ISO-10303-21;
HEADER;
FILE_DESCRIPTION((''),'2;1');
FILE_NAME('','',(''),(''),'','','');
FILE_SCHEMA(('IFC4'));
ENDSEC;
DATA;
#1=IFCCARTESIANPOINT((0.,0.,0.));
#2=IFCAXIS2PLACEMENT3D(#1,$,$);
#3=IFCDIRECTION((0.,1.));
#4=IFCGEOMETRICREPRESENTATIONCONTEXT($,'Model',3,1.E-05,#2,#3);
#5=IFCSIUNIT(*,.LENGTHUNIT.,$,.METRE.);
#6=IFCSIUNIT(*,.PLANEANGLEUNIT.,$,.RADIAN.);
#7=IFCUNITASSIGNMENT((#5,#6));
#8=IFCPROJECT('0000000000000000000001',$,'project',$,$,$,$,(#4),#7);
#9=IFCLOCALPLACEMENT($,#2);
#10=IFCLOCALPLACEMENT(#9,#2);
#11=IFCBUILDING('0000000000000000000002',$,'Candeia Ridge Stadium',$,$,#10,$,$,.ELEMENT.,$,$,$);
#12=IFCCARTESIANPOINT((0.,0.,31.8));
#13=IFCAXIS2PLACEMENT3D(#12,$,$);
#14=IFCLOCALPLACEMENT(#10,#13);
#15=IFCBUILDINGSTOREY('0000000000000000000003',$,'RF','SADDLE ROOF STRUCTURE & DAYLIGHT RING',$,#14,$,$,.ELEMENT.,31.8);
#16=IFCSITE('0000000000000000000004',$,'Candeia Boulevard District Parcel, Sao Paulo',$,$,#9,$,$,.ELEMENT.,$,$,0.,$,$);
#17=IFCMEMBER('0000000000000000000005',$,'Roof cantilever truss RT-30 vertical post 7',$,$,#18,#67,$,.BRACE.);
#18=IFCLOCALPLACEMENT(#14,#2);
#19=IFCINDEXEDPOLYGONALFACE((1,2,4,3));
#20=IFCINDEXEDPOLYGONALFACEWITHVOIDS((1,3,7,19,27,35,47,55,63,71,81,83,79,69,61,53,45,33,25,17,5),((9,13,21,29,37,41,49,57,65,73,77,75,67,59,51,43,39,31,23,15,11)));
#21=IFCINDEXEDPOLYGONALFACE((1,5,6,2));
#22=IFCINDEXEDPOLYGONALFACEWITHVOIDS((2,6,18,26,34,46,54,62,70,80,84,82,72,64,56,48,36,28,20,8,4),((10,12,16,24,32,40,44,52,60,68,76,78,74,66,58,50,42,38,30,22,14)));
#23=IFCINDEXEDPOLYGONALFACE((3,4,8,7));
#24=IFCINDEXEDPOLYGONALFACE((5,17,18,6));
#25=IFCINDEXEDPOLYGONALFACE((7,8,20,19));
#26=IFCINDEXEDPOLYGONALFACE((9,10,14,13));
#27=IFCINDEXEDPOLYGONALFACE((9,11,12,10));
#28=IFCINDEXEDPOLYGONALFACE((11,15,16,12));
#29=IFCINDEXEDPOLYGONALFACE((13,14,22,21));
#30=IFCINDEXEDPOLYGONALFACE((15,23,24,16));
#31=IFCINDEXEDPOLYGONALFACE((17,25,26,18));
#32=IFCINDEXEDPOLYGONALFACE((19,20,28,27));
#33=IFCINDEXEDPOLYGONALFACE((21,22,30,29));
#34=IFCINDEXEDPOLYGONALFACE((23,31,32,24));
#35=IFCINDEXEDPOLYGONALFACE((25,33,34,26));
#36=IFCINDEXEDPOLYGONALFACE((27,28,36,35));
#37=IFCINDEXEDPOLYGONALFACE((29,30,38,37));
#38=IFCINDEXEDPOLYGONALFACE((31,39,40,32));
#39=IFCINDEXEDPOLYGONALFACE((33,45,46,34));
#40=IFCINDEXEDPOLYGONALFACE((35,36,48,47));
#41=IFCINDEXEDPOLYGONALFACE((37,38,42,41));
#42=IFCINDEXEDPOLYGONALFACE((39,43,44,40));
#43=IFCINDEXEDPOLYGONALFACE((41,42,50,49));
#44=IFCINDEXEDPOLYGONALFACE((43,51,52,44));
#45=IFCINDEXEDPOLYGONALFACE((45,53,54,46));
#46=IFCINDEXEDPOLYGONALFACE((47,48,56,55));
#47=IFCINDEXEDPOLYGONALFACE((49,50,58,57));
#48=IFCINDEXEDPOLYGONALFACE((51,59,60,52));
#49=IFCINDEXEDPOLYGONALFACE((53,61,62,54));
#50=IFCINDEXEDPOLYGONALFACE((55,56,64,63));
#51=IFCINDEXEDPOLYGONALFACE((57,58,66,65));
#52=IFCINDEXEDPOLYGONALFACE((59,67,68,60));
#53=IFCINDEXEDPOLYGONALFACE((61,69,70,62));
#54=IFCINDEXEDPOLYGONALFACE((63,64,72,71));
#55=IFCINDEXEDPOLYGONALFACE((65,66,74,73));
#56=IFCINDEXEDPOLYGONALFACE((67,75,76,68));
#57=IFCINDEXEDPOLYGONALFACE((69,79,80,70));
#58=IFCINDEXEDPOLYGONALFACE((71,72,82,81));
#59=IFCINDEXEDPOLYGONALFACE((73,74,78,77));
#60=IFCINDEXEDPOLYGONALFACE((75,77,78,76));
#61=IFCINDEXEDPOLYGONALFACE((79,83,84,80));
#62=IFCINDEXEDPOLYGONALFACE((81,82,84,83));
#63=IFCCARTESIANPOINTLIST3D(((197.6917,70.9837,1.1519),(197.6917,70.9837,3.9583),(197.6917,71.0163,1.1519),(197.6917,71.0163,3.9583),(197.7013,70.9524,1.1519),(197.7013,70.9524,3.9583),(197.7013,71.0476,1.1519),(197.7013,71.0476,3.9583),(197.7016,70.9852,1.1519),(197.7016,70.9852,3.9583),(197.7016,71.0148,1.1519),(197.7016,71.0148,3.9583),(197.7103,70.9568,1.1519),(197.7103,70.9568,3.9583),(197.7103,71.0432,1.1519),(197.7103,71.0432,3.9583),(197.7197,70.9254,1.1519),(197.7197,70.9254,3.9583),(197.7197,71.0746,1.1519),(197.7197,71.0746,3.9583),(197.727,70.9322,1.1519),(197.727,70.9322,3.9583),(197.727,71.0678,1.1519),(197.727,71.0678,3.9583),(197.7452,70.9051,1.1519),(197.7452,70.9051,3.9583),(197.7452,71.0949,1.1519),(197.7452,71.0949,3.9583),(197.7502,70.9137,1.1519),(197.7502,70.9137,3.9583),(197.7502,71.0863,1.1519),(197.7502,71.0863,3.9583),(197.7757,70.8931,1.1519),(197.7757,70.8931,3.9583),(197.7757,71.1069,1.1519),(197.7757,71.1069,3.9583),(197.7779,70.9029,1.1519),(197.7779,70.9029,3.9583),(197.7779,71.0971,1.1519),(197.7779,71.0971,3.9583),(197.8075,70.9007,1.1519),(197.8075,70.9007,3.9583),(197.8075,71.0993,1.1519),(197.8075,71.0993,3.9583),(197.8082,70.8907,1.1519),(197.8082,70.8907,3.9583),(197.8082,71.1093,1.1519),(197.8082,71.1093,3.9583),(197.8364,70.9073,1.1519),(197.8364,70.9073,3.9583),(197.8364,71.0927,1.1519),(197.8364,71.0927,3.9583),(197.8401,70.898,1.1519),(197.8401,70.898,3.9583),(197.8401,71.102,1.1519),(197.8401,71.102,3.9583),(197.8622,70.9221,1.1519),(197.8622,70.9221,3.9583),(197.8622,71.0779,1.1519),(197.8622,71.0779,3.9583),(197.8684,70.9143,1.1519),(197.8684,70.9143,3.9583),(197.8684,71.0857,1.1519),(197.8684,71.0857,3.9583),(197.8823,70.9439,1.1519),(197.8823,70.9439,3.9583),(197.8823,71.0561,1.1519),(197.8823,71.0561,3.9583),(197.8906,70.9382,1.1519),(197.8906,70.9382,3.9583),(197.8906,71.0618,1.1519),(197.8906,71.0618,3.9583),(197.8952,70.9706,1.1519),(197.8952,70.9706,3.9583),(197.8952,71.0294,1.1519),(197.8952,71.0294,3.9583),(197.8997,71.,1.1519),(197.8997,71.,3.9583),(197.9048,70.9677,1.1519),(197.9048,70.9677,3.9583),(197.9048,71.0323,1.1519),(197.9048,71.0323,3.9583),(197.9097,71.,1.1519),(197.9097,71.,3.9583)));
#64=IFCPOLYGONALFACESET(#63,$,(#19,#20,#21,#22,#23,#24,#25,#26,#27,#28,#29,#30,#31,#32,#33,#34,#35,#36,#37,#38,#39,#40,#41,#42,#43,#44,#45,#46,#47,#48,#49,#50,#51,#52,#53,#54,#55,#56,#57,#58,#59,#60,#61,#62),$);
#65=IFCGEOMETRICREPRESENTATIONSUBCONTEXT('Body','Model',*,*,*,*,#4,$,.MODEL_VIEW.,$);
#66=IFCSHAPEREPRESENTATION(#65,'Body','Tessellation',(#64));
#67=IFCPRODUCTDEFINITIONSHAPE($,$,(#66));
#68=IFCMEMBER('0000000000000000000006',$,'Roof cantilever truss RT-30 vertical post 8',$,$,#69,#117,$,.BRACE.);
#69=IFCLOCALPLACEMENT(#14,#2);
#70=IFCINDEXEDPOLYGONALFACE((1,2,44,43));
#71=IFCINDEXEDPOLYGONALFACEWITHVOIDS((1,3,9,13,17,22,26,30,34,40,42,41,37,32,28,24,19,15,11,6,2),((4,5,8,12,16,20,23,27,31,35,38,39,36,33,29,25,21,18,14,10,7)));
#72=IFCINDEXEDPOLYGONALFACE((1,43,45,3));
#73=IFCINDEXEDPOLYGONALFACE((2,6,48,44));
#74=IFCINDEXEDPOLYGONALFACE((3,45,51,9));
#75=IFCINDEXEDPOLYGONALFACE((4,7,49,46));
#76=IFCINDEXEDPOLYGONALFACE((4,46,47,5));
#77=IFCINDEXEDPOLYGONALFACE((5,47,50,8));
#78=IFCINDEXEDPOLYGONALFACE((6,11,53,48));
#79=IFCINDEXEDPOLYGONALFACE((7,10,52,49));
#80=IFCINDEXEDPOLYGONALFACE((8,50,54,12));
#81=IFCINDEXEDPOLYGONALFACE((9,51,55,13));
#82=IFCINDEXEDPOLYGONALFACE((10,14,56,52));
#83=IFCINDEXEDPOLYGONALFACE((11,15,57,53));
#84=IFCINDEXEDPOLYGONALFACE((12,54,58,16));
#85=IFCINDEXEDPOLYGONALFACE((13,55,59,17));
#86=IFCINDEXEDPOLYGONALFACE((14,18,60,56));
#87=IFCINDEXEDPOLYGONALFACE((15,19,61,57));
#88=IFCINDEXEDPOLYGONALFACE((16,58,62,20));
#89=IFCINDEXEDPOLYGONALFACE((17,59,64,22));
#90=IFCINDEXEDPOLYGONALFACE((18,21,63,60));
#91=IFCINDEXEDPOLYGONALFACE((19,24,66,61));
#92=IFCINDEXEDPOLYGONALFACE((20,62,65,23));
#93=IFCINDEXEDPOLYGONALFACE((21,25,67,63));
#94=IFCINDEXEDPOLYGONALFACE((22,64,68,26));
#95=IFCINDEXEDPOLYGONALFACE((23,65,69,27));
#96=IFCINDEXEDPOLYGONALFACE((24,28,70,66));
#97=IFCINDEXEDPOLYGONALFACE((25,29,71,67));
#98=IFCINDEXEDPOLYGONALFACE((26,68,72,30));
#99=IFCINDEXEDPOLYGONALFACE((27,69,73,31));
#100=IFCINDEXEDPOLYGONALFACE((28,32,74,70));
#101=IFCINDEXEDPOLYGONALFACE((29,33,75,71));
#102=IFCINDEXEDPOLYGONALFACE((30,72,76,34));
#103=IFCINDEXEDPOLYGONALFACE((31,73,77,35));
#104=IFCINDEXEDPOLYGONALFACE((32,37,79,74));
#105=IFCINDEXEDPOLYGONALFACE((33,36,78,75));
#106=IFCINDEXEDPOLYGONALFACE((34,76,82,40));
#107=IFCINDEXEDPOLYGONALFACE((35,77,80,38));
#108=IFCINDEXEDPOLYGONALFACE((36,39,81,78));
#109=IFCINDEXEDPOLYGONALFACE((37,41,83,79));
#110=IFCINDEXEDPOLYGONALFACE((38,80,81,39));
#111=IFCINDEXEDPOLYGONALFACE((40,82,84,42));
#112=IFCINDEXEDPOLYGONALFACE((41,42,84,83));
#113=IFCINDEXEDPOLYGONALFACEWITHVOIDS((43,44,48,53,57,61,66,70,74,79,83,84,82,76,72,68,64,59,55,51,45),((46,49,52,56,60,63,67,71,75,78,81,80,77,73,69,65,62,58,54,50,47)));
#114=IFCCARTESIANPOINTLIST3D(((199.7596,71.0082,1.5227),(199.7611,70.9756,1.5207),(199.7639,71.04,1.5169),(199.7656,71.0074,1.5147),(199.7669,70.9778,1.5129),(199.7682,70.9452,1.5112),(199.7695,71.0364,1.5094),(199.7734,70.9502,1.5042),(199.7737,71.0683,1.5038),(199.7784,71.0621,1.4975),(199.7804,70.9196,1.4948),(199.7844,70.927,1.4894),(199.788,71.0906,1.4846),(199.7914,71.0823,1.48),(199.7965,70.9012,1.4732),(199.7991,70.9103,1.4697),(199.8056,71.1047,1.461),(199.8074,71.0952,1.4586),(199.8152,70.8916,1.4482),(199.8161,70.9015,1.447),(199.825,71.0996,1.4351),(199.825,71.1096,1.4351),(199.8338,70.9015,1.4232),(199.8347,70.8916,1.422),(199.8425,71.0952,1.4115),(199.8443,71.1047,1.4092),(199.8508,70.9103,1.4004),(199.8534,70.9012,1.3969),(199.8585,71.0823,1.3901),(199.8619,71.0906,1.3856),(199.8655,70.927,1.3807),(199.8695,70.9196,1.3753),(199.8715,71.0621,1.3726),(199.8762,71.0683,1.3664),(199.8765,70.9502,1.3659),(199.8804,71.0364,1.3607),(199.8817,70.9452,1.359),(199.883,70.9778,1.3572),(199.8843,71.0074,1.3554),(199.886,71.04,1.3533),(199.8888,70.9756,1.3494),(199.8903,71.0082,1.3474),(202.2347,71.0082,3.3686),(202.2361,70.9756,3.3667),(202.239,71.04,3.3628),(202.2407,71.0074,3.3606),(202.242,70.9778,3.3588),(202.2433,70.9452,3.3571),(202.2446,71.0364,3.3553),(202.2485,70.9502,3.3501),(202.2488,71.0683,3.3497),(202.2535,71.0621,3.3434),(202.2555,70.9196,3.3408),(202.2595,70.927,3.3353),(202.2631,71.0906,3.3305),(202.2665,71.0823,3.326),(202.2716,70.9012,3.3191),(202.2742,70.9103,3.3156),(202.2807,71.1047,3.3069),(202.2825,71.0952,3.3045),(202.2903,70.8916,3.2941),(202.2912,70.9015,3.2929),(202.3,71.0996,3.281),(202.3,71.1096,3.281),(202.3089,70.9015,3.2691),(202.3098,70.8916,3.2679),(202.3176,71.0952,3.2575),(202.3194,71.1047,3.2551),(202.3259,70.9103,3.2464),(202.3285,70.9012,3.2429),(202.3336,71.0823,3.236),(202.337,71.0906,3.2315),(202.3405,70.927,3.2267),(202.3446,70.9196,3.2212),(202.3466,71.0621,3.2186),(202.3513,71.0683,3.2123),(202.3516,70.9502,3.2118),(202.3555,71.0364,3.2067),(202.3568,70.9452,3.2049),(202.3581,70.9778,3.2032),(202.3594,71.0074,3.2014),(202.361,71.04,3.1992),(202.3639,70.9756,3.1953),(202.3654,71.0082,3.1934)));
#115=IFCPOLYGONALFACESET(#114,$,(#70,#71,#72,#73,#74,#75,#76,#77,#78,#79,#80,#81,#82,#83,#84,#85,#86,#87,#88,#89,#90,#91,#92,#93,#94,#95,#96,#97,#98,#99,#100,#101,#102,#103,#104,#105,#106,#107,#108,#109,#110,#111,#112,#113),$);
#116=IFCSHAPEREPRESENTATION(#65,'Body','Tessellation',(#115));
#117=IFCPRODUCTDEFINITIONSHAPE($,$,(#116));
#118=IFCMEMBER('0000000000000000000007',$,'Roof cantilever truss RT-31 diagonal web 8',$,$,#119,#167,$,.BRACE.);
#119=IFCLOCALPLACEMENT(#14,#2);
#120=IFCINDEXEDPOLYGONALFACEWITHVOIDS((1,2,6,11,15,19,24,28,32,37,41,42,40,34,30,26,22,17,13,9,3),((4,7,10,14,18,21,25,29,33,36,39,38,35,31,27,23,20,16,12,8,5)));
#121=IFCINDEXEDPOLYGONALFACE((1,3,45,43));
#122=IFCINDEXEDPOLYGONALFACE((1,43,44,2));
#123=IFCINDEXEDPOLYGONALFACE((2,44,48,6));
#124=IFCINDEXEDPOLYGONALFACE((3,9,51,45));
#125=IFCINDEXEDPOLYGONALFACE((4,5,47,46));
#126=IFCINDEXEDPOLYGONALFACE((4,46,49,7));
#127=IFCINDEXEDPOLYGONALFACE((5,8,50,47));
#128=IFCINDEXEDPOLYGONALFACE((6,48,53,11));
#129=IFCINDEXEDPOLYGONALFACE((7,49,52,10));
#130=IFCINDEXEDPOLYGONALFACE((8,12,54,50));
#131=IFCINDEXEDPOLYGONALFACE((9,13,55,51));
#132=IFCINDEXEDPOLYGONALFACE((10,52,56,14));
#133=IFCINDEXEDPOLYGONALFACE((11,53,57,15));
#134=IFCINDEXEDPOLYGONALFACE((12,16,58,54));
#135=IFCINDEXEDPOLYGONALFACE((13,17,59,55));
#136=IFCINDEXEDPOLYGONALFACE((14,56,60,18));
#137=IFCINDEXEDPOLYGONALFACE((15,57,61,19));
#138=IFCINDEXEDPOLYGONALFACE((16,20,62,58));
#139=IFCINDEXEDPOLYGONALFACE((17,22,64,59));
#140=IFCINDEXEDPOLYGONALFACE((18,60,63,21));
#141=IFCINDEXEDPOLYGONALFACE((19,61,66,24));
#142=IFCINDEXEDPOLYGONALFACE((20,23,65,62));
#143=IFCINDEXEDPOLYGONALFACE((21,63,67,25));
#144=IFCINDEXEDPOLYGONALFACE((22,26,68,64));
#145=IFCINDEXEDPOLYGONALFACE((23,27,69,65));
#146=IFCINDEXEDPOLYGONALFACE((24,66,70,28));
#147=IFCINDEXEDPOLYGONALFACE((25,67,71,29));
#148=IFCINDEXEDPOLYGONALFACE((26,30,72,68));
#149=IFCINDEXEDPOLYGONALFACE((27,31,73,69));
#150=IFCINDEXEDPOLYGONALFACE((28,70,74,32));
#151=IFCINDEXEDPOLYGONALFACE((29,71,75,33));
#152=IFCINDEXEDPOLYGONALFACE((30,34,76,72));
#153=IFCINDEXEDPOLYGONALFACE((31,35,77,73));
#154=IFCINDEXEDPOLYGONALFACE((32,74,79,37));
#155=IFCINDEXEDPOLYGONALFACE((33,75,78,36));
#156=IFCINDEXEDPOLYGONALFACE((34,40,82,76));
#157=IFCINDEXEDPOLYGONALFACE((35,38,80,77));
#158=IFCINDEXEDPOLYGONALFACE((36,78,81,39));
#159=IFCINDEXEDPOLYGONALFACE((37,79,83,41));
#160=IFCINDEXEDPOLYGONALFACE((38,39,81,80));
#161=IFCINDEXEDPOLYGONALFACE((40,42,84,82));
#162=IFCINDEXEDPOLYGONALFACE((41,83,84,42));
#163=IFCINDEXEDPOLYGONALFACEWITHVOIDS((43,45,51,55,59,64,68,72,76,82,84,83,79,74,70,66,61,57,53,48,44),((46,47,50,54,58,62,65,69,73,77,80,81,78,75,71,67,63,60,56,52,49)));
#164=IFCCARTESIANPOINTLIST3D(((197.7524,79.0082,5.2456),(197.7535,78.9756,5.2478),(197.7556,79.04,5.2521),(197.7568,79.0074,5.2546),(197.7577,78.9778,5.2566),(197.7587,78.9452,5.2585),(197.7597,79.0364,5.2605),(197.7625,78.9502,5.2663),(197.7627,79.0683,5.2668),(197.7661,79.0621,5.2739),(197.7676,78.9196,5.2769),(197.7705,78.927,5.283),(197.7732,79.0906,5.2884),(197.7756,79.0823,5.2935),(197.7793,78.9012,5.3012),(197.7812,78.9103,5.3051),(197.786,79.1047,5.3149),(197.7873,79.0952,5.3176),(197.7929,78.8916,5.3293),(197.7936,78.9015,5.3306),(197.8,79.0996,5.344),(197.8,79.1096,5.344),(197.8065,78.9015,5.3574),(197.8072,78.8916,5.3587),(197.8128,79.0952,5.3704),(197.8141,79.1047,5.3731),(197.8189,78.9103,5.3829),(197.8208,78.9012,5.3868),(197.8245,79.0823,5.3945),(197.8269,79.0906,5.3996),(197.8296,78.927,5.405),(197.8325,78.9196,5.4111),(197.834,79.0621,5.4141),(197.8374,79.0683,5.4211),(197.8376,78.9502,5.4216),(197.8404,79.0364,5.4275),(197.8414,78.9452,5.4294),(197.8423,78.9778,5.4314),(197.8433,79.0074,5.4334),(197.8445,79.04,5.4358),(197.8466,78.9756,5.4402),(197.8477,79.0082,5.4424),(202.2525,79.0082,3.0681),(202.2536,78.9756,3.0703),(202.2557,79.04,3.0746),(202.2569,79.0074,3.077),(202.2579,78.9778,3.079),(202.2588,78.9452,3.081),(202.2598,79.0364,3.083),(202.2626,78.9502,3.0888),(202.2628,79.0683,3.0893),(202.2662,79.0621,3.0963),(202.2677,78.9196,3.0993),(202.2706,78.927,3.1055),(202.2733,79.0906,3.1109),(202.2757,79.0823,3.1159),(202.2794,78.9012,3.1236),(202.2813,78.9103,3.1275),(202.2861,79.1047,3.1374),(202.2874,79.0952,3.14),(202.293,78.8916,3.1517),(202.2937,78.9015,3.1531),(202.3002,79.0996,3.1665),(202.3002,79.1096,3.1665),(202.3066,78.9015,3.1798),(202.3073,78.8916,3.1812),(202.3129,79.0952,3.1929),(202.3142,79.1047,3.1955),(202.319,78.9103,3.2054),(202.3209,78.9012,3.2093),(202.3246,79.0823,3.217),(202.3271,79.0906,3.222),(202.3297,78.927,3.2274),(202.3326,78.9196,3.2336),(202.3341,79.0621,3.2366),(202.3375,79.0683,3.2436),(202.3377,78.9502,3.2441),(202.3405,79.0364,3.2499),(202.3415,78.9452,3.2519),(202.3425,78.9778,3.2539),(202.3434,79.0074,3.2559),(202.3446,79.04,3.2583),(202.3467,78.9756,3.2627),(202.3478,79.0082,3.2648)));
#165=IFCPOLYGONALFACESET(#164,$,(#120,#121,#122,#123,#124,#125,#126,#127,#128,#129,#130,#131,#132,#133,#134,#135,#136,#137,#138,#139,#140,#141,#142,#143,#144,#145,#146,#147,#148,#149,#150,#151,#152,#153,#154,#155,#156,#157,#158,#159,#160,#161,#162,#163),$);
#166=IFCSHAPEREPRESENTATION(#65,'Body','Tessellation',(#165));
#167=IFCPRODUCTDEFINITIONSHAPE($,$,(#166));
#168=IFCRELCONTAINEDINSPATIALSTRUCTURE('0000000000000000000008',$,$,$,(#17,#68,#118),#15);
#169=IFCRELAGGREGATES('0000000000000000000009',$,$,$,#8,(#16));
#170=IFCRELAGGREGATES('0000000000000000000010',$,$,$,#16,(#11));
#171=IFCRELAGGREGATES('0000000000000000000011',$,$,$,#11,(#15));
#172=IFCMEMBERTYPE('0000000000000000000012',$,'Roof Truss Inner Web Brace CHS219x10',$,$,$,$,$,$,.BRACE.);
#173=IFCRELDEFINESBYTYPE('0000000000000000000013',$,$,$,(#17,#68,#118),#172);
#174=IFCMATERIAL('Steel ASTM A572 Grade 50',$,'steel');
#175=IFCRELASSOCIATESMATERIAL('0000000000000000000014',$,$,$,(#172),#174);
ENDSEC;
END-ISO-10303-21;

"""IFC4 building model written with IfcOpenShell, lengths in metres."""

from ifc_helpers import new_model, si_unit, direction, frame, origin, origin_2d, place, context, subcontext, project, spatial, hollow_circle, extrude, material, material_profile, profile_set, type_object, element, save


model = new_model("IFC4")

# Units and contexts
model_context = context("Model", 3, precision=1e-05, world=origin(), true_north=direction((0.0, 1.0)))
body_context = subcontext(model_context, "Body", "Model", "MODEL_VIEW")
ifc_project = project(units=[si_unit("LENGTHUNIT", "METRE"), si_unit("PLANEANGLEUNIT", "RADIAN")], contexts=[model_context])

# Site, building, storey
site_placement = place(None, origin())
site = spatial("IfcSite", under=ifc_project, at=site_placement, Name="Candeia Boulevard District Parcel, Sao Paulo", CompositionType="ELEMENT", RefElevation=0.0)
building_placement = place(site_placement, origin())
building = spatial("IfcBuilding", under=site, at=building_placement, Name="Candeia Ridge Stadium", CompositionType="ELEMENT")
storey_placement = place(building_placement, frame((0.0, 0.0, 31.8)))
storey = spatial("IfcBuildingStorey", under=building, at=storey_placement, Name="RF", Description="SADDLE ROOF STRUCTURE & DAYLIGHT RING", CompositionType="ELEMENT", Elevation=31.8)

# Shared definitions
ifc_material_1 = material(Name="Steel ASTM A572 Grade 50", Category="steel")

# Members
ifc_material_profile_1 = material_profile(ifc_material_1, hollow_circle(Radius=0.1096, WallThickness=0.01, at=origin_2d()), Name="CHS219x10", Category="steel")
ifc_profile_set_1 = profile_set([ifc_material_profile_1], Name="Steel ASTM A572 Grade 50")
member_type_1 = type_object("IfcMemberType", Name="Roof Truss Inner Web Brace CHS219x10", PredefinedType="BRACE", material=ifc_profile_set_1)
member_1_placement = place(storey_placement, frame((197.8, 71.0, 1.1519), z_axis=(0.0, 0.0, 1.0), x_axis=(1.0, 0.0, 0.0)))
element("IfcMember", 1, at=member_1_placement, inside=storey, type_object=member_type_1, Name="Roof cantilever truss RT-30 vertical post 7", PredefinedType="BRACE", context=body_context, shape_type="SweptSolid", body=[
    extrude(hollow_circle(Radius=0.1096, WallThickness=0.01, at=origin_2d()), origin(), (0.0, 0.0, 1.0), 2.8064),
])
member_2_placement = place(storey_placement, frame((199.825, 71.0, 1.4351), z_axis=(0.80161, 0.0, 0.597847), x_axis=(0.0, 1.0, 0.0)))
element("IfcMember", 2, at=member_2_placement, inside=storey, type_object=member_type_1, Name="Roof cantilever truss RT-30 vertical post 8", PredefinedType="BRACE", context=body_context, shape_type="SweptSolid", body=[
    extrude(hollow_circle(Radius=0.1096, WallThickness=0.01, at=origin_2d()), origin(), (0.0, 0.0, 1.0), 3.0876),
])
member_3_placement = place(storey_placement, frame((197.8, 79.0, 5.344), z_axis=(0.900154, 0.0, -0.435572), x_axis=(0.0, 1.0, 0.0)))
element("IfcMember", 3, at=member_3_placement, inside=storey, type_object=member_type_1, Name="Roof cantilever truss RT-31 diagonal web 8", PredefinedType="BRACE", context=body_context, shape_type="SweptSolid", body=[
    extrude(hollow_circle(Radius=0.1096, WallThickness=0.01, at=origin_2d()), origin(), (0.0, 0.0, 1.0), 4.9993),
])

save(model, "model.ifc")
